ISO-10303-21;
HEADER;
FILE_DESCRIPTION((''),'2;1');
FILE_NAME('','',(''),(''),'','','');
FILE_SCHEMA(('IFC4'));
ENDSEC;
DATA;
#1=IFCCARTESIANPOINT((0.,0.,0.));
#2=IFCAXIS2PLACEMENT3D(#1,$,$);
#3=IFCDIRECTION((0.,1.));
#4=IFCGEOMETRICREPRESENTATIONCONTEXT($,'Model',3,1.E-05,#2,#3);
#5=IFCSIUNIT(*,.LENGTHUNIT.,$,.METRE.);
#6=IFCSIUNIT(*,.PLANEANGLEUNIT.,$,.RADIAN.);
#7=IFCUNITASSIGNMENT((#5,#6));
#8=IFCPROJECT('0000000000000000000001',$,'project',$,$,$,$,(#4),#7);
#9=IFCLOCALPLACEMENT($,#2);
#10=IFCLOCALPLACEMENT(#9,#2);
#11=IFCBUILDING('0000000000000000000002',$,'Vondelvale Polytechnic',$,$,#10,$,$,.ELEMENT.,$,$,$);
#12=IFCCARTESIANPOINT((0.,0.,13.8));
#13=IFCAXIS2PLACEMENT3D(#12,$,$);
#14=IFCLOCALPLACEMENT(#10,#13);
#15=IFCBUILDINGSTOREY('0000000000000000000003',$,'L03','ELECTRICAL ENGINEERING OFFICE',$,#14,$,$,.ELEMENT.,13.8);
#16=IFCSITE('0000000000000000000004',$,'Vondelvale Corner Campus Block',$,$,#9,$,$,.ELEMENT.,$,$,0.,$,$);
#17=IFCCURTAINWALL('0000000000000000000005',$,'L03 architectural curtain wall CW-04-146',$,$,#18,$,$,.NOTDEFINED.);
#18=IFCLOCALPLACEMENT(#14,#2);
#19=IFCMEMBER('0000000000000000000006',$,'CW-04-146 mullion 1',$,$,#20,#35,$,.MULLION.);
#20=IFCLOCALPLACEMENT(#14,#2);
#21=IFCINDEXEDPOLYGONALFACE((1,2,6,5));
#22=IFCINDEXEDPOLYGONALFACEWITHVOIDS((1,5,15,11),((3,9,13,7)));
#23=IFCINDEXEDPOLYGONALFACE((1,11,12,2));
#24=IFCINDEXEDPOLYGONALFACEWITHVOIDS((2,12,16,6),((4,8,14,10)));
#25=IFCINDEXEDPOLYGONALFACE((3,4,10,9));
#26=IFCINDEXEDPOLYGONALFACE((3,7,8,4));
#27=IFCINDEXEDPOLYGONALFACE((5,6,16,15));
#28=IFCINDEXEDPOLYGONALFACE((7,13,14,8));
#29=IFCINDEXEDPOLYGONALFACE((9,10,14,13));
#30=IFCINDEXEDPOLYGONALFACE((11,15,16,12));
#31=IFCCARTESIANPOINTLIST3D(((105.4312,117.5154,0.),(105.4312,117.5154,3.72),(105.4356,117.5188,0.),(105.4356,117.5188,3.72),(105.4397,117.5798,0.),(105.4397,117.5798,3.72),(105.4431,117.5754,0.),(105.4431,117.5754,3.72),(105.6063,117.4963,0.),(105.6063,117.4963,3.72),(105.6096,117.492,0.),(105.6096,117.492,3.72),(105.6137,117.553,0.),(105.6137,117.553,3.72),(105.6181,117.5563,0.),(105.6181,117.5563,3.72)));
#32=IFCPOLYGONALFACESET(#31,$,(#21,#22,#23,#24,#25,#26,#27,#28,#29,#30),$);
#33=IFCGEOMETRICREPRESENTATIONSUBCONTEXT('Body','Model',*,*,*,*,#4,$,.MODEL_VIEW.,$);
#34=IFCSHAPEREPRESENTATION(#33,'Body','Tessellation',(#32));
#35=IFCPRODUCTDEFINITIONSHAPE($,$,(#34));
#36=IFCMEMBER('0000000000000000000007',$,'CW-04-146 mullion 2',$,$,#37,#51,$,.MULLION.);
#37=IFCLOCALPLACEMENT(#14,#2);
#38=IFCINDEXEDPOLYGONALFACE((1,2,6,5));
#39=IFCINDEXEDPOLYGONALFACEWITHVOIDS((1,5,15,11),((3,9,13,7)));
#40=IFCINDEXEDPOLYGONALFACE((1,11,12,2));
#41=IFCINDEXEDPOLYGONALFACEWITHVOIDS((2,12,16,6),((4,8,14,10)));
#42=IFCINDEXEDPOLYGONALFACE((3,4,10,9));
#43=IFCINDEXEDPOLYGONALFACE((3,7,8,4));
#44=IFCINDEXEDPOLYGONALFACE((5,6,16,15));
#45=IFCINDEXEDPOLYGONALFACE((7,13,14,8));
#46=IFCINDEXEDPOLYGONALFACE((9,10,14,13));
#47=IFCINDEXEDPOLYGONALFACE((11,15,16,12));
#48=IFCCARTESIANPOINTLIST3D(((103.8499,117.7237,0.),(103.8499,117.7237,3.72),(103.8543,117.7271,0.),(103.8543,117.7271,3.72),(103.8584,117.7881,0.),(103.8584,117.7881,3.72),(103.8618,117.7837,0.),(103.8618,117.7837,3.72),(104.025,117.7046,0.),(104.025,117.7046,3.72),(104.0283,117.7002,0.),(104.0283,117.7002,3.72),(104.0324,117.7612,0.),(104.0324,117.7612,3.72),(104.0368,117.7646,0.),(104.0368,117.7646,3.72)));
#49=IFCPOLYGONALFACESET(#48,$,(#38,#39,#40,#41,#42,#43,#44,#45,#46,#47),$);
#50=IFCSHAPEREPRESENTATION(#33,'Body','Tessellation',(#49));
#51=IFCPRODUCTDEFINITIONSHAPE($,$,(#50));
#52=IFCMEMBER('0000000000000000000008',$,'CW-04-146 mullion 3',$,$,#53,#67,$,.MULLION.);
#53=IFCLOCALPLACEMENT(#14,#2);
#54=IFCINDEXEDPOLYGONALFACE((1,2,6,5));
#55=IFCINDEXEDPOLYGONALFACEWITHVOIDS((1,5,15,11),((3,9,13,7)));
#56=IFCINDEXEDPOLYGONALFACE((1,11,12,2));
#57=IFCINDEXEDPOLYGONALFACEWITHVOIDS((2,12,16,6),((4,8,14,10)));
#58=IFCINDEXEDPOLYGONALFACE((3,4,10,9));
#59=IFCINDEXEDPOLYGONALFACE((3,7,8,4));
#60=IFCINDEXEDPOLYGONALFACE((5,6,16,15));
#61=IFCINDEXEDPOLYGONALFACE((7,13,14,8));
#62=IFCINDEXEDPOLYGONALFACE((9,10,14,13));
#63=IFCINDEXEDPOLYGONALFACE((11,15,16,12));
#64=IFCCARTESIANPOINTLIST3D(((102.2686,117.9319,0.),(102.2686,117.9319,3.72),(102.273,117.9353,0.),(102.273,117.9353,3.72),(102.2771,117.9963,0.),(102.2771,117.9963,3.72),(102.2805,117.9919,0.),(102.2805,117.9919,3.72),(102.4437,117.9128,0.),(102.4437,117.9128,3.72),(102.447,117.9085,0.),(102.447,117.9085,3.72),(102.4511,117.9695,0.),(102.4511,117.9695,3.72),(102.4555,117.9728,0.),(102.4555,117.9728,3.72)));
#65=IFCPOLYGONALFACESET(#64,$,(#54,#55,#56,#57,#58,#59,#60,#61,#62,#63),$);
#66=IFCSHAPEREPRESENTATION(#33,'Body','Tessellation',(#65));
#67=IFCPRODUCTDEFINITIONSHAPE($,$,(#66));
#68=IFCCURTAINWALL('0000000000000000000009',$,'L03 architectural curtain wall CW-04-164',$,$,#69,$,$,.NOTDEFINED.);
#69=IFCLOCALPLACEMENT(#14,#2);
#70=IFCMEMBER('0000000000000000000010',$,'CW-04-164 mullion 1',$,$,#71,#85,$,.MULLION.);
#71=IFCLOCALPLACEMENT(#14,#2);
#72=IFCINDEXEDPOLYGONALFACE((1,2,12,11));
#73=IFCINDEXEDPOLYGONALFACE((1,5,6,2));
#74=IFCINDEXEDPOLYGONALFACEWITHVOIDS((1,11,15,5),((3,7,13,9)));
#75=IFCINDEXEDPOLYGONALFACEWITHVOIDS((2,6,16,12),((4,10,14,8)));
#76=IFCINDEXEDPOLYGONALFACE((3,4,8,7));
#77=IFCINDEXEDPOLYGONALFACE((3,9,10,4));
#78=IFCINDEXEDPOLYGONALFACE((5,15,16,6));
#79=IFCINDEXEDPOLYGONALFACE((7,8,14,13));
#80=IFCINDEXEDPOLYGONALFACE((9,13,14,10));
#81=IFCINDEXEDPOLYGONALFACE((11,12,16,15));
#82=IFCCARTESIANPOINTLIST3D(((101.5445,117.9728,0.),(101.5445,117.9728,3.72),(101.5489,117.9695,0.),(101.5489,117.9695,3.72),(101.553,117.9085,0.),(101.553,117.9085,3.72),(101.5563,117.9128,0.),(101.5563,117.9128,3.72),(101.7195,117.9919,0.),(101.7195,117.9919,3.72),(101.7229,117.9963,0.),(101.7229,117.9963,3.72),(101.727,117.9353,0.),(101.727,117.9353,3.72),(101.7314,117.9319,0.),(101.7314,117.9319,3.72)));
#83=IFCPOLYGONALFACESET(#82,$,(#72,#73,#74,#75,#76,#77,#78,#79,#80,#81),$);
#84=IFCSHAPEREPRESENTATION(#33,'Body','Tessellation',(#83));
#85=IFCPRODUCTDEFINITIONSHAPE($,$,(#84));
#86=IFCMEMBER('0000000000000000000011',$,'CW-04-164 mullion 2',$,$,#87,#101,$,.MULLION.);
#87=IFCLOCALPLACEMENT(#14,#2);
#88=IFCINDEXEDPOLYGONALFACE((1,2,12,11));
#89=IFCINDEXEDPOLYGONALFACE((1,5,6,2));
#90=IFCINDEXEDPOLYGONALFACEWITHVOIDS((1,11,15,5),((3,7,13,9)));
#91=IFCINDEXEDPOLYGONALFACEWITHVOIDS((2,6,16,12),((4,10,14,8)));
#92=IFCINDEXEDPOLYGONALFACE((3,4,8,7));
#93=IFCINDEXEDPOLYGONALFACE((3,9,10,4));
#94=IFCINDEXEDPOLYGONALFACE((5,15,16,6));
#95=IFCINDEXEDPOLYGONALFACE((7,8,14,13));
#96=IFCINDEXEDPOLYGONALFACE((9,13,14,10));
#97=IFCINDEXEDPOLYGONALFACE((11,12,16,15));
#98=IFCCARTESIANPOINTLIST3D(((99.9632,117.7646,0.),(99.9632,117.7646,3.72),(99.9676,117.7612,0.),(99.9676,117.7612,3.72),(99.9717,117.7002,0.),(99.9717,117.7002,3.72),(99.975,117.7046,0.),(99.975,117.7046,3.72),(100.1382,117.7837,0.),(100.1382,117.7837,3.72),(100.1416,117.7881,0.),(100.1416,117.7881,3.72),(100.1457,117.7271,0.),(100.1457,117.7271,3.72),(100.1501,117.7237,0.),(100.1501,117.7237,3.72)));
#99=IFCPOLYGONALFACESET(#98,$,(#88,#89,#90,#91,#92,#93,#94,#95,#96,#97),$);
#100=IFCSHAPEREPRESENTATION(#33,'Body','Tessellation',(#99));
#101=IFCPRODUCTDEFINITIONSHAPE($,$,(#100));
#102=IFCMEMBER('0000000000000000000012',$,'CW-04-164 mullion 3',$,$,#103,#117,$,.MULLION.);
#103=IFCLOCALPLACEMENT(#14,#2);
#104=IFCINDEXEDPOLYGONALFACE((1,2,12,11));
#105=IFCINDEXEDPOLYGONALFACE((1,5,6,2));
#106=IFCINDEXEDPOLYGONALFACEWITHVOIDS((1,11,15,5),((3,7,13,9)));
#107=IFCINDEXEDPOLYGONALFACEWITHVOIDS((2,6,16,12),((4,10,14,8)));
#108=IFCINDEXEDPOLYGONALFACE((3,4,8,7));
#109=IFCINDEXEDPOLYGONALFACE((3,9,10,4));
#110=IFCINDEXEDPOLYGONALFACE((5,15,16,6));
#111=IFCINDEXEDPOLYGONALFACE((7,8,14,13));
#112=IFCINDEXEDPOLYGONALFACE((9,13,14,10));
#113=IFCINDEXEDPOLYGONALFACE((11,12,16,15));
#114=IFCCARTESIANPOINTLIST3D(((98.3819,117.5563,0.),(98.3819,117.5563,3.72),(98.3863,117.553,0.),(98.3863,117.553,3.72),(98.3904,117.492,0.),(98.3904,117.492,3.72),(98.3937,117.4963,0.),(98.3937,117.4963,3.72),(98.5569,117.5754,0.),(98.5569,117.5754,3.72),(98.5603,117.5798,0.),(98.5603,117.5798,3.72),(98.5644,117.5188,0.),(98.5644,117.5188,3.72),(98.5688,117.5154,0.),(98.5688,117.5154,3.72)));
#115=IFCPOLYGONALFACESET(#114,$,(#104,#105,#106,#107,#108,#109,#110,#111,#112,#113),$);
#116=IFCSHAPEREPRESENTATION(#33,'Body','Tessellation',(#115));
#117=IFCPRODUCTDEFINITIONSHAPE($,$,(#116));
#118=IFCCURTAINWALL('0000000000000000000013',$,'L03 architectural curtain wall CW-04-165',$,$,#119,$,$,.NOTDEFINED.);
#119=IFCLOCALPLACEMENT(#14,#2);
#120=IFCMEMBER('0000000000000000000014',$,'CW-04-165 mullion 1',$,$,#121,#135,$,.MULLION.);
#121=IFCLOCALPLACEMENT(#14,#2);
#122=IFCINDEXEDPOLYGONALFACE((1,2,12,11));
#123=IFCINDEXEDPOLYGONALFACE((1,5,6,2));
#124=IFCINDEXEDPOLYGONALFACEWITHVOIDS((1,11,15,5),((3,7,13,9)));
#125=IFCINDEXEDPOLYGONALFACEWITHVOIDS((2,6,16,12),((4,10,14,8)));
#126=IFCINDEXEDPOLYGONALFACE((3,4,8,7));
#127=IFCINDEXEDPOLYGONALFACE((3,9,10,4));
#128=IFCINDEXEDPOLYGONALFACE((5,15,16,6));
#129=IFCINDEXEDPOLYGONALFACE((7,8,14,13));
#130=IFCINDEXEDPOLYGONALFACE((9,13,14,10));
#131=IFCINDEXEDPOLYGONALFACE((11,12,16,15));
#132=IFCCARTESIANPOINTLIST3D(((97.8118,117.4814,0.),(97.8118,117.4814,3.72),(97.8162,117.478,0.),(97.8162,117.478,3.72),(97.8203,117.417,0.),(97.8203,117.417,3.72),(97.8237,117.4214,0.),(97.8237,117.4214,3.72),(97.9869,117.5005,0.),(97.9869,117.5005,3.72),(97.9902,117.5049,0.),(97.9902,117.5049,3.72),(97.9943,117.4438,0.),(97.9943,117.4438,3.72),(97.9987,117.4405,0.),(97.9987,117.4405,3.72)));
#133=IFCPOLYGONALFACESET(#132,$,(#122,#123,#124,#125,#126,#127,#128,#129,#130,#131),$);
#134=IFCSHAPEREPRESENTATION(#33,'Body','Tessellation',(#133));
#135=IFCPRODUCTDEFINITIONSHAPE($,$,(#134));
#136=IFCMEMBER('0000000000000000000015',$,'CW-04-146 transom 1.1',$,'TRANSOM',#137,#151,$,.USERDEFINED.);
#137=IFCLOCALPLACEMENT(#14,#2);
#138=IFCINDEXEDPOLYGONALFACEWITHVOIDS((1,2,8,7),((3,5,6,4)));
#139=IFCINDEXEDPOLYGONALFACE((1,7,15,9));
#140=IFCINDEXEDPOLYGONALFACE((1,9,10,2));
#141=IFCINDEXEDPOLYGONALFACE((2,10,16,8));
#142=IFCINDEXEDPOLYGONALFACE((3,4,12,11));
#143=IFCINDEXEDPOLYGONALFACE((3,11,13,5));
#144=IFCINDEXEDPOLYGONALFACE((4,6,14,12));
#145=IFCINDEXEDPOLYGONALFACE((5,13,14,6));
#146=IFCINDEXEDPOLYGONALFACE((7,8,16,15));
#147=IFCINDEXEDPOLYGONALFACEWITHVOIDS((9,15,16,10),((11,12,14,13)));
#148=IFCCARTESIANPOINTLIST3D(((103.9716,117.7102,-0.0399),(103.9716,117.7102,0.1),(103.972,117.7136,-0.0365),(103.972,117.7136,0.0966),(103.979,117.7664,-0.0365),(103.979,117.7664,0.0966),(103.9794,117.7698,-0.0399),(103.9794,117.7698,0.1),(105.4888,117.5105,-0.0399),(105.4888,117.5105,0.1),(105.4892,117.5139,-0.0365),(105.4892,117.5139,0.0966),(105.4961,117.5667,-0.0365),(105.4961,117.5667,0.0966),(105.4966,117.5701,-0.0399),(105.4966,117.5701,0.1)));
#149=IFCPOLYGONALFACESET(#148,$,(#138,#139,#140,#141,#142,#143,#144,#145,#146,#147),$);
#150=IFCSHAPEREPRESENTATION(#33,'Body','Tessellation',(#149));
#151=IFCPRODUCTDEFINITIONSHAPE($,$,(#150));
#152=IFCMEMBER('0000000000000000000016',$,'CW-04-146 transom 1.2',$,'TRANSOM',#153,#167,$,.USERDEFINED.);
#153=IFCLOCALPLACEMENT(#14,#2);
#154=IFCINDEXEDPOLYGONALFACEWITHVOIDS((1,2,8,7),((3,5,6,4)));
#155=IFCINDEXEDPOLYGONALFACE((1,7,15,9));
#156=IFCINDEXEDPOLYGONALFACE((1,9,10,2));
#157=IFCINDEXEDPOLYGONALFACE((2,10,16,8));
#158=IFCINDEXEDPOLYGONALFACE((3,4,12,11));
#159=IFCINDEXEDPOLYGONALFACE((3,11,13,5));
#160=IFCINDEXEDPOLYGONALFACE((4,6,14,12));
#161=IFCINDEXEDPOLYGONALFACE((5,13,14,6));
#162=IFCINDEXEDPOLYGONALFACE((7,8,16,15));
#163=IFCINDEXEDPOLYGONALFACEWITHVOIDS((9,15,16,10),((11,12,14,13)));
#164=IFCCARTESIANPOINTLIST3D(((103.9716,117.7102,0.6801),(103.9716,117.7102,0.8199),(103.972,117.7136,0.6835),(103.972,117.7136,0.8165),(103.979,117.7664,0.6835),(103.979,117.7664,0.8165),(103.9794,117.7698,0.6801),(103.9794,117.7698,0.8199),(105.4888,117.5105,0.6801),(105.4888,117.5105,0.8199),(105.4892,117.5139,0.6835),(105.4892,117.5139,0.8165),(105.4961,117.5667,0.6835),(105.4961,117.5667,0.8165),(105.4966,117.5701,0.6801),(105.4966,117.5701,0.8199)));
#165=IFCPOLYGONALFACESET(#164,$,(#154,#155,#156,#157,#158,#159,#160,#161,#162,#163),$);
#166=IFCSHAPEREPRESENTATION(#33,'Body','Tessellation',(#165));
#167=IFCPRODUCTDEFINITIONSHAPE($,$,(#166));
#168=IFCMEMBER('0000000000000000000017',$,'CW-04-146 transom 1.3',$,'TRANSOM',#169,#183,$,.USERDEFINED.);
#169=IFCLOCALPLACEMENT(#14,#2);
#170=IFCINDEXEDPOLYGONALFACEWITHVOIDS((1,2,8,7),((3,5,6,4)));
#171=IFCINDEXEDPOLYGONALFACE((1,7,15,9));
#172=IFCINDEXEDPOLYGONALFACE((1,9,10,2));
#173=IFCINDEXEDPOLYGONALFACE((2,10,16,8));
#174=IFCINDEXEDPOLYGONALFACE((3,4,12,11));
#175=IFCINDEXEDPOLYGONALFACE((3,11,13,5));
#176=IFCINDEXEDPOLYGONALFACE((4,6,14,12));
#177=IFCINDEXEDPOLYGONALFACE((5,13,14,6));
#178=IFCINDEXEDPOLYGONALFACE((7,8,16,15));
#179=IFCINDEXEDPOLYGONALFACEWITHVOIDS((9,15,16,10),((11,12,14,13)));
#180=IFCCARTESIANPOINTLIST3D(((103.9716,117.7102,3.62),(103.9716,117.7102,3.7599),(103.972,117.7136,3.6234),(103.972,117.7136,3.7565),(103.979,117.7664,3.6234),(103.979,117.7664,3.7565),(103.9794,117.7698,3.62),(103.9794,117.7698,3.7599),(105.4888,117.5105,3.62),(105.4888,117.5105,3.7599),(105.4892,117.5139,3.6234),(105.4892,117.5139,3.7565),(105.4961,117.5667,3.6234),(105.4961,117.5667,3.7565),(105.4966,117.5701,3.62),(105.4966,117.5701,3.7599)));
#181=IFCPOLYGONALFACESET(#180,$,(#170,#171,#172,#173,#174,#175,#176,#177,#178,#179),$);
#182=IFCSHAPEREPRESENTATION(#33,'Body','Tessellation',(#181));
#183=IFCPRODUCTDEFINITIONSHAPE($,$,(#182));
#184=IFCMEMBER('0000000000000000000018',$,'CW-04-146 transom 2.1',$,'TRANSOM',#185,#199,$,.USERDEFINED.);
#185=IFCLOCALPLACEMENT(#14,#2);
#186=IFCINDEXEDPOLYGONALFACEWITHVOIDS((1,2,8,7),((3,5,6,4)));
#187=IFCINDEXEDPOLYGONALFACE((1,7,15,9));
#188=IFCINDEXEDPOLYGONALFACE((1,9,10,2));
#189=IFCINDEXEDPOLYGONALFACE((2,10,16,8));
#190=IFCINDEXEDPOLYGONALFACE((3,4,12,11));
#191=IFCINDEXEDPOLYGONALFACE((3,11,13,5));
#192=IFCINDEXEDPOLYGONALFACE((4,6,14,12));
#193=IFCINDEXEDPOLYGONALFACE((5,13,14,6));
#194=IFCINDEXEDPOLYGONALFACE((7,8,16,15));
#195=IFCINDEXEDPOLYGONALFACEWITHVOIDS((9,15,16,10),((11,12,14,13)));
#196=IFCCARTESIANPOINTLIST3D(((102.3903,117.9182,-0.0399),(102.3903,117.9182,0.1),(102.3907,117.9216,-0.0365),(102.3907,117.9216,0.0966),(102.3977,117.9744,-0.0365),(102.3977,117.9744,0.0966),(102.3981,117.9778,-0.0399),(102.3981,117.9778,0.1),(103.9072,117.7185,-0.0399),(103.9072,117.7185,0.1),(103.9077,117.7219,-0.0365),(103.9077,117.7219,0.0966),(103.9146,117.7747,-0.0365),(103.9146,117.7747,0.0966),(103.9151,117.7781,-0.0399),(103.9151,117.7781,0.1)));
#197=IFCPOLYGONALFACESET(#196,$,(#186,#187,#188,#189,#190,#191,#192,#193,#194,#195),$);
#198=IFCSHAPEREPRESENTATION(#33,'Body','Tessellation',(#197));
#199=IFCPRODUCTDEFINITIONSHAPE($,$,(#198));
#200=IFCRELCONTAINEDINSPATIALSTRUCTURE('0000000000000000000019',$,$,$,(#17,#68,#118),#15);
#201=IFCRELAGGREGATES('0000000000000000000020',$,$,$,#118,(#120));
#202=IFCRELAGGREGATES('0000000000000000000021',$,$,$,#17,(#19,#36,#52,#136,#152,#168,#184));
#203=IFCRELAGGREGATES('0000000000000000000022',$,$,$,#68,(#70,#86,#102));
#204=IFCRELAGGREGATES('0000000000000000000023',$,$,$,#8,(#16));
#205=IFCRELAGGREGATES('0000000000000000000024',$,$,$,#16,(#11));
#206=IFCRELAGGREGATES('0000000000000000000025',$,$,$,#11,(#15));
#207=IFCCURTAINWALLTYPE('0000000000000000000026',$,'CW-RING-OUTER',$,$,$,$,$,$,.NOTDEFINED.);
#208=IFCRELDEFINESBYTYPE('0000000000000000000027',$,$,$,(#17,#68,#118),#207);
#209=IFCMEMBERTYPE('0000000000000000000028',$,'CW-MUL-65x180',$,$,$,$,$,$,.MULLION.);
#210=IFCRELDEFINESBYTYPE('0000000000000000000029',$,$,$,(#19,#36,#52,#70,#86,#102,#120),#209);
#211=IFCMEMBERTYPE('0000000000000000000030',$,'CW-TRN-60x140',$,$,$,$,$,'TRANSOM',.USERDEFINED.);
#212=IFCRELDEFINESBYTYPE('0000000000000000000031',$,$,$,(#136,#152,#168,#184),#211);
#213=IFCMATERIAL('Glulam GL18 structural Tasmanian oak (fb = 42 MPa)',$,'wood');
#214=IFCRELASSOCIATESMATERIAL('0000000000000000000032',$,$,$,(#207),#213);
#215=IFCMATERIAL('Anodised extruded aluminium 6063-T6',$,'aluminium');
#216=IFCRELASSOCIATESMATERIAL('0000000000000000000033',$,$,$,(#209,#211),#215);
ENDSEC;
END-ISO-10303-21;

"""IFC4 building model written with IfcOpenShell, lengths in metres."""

from ifc_helpers import new_model, si_unit, direction, frame, origin, origin_2d, place, context, subcontext, project, spatial, hollow_rectangle, extrude, material, material_profile, profile_set, type_object, element, aggregate, save


model = new_model("IFC4")

# Units and contexts
model_context = context("Model", 3, precision=1e-05, world=origin(), true_north=direction((0.0, 1.0)))
body_context = subcontext(model_context, "Body", "Model", "MODEL_VIEW")
ifc_project = project(units=[si_unit("LENGTHUNIT", "METRE"), si_unit("PLANEANGLEUNIT", "RADIAN")], contexts=[model_context])

# Site, building, storey
site_placement = place(None, origin())
site = spatial("IfcSite", under=ifc_project, at=site_placement, Name="Vondelvale Corner Campus Block", CompositionType="ELEMENT", RefElevation=0.0)
building_placement = place(site_placement, origin())
building = spatial("IfcBuilding", under=site, at=building_placement, Name="Vondelvale Polytechnic", CompositionType="ELEMENT")
storey_placement = place(building_placement, frame((0.0, 0.0, 13.8)))
storey = spatial("IfcBuildingStorey", under=building, at=storey_placement, Name="L03", Description="ELECTRICAL ENGINEERING OFFICE", CompositionType="ELEMENT", Elevation=13.8)

# Shared definitions
ifc_material_1 = material(Name="Glulam GL18 structural Tasmanian oak (fb = 42 MPa)", Category="wood")

# Curtain walls, members
curtain_wall_type = type_object("IfcCurtainWallType", Name="CW-RING-OUTER", PredefinedType="NOTDEFINED", material=ifc_material_1)
curtain_wall_1_placement = place(storey_placement, origin())
curtain_wall_1 = element("IfcCurtainWall", 1, at=curtain_wall_1_placement, inside=storey, type_object=curtain_wall_type, Name="L03 architectural curtain wall CW-04-146", PredefinedType="NOTDEFINED")
ifc_material_2 = material(Name="Anodised extruded aluminium 6063-T6", Category="aluminium")
ifc_material_profile_1 = material_profile(ifc_material_2, hollow_rectangle(XDim=0.0649, YDim=0.1799, WallThickness=0.0039, at=origin_2d()), Name="CW-MUL-180x65")
ifc_profile_set_1 = profile_set([ifc_material_profile_1], Name="Anodised extruded aluminium 6063-T6")
member_type_1 = type_object("IfcMemberType", Name="CW-MUL-65x180", PredefinedType="MULLION", material=ifc_profile_set_1)
member_1_placement = place(storey_placement, frame((105.5247, 117.5359, 0.0), z_axis=(0.0, 0.0, 1.0), x_axis=(-0.13054, -0.991443, 0.0)))
member_1 = element("IfcMember", 2, at=member_1_placement, type_object=member_type_1, Name="CW-04-146 mullion 1", PredefinedType="MULLION", context=body_context, shape_type="SweptSolid", body=[
    extrude(hollow_rectangle(XDim=0.0649, YDim=0.1799, WallThickness=0.0039, at=origin_2d()), origin(), (0.0, 0.0, 1.0), 3.72),
])
member_2_placement = place(storey_placement, frame((103.9434, 117.7441, 0.0), z_axis=(0.0, 0.0, 1.0), x_axis=(-0.13054, -0.991443, 0.0)))
member_2 = element("IfcMember", 3, at=member_2_placement, type_object=member_type_1, Name="CW-04-146 mullion 2", PredefinedType="MULLION", context=body_context, shape_type="SweptSolid", body=[
    extrude(hollow_rectangle(XDim=0.0649, YDim=0.1799, WallThickness=0.0039, at=origin_2d()), origin(), (0.0, 0.0, 1.0), 3.72),
])
member_3_placement = place(storey_placement, frame((102.3621, 117.9524, 0.0), z_axis=(0.0, 0.0, 1.0), x_axis=(-0.13054, -0.991443, 0.0)))
member_3 = element("IfcMember", 4, at=member_3_placement, type_object=member_type_1, Name="CW-04-146 mullion 3", PredefinedType="MULLION", context=body_context, shape_type="SweptSolid", body=[
    extrude(hollow_rectangle(XDim=0.0649, YDim=0.1799, WallThickness=0.0039, at=origin_2d()), origin(), (0.0, 0.0, 1.0), 3.72),
])
curtain_wall_2_placement = place(storey_placement, origin())
curtain_wall_2 = element("IfcCurtainWall", 5, at=curtain_wall_2_placement, inside=storey, type_object=curtain_wall_type, Name="L03 architectural curtain wall CW-04-164", PredefinedType="NOTDEFINED")
member_4_placement = place(storey_placement, frame((101.6379, 117.9524, 0.0), z_axis=(0.0, 0.0, 1.0), x_axis=(0.13054, -0.991443, 0.0)))
member_4 = element("IfcMember", 6, at=member_4_placement, type_object=member_type_1, Name="CW-04-164 mullion 1", PredefinedType="MULLION", context=body_context, shape_type="SweptSolid", body=[
    extrude(hollow_rectangle(XDim=0.0649, YDim=0.1799, WallThickness=0.0039, at=origin_2d()), origin(), (0.0, 0.0, 1.0), 3.72),
])
member_5_placement = place(storey_placement, frame((100.0566, 117.7441, 0.0), z_axis=(0.0, 0.0, 1.0), x_axis=(0.13054, -0.991443, 0.0)))
member_5 = element("IfcMember", 7, at=member_5_placement, type_object=member_type_1, Name="CW-04-164 mullion 2", PredefinedType="MULLION", context=body_context, shape_type="SweptSolid", body=[
    extrude(hollow_rectangle(XDim=0.0649, YDim=0.1799, WallThickness=0.0039, at=origin_2d()), origin(), (0.0, 0.0, 1.0), 3.72),
])
member_6_placement = place(storey_placement, frame((98.4753, 117.5359, 0.0), z_axis=(0.0, 0.0, 1.0), x_axis=(0.13054, -0.991443, 0.0)))
member_6 = element("IfcMember", 8, at=member_6_placement, type_object=member_type_1, Name="CW-04-164 mullion 3", PredefinedType="MULLION", context=body_context, shape_type="SweptSolid", body=[
    extrude(hollow_rectangle(XDim=0.0649, YDim=0.1799, WallThickness=0.0039, at=origin_2d()), origin(), (0.0, 0.0, 1.0), 3.72),
])

# Curtain wall, member
curtain_wall_3_placement = place(storey_placement, origin())
curtain_wall_3 = element("IfcCurtainWall", 9, at=curtain_wall_3_placement, inside=storey, type_object=curtain_wall_type, Name="L03 architectural curtain wall CW-04-165", PredefinedType="NOTDEFINED")
member_7_placement = place(storey_placement, frame((97.9053, 117.4609, 0.0), z_axis=(0.0, 0.0, 1.0), x_axis=(0.130497, -0.991449, 0.0)))
member_7 = element("IfcMember", 10, at=member_7_placement, type_object=member_type_1, Name="CW-04-165 mullion 1", PredefinedType="MULLION", context=body_context, shape_type="SweptSolid", body=[
    extrude(hollow_rectangle(XDim=0.0649, YDim=0.1799, WallThickness=0.0039, at=origin_2d()), origin(), (0.0, 0.0, 1.0), 3.72),
])

# Members
ifc_material_profile_2 = material_profile(ifc_material_2, hollow_rectangle(XDim=0.0601, YDim=0.1399, WallThickness=0.0034, at=origin_2d()), Name="CW-TRN-140x60")
ifc_profile_set_2 = profile_set([ifc_material_profile_2], Name="Anodised extruded aluminium 6063-T6")
member_type_2 = type_object("IfcMemberType", Name="CW-TRN-60x140", ElementType="TRANSOM", PredefinedType="USERDEFINED", material=ifc_profile_set_2)
member_8_placement = place(storey_placement, frame((105.4927, 117.5403, 0.03), z_axis=(-0.991447, 0.130512, 0.0), x_axis=(-0.130512, -0.991447, 0.0)))
member_8 = element("IfcMember", 11, at=member_8_placement, type_object=member_type_2, Name="CW-04-146 transom 1.1", ObjectType="TRANSOM", PredefinedType="USERDEFINED", context=body_context, shape_type="SweptSolid", body=[
    extrude(hollow_rectangle(XDim=0.0601, YDim=0.1399, WallThickness=0.0034, at=origin_2d()), origin(), (0.0, 0.0, 1.0), 1.5303),
])
member_9_placement = place(storey_placement, frame((105.4927, 117.5403, 0.75), z_axis=(-0.991447, 0.130512, 0.0), x_axis=(-0.130512, -0.991447, 0.0)))
member_9 = element("IfcMember", 12, at=member_9_placement, type_object=member_type_2, Name="CW-04-146 transom 1.2", ObjectType="TRANSOM", PredefinedType="USERDEFINED", context=body_context, shape_type="SweptSolid", body=[
    extrude(hollow_rectangle(XDim=0.0601, YDim=0.1399, WallThickness=0.0034, at=origin_2d()), origin(), (0.0, 0.0, 1.0), 1.5303),
])
member_10_placement = place(storey_placement, frame((105.4927, 117.5403, 3.6899), z_axis=(-0.991447, 0.130512, 0.0), x_axis=(-0.130512, -0.991447, 0.0)))
member_10 = element("IfcMember", 13, at=member_10_placement, type_object=member_type_2, Name="CW-04-146 transom 1.3", ObjectType="TRANSOM", PredefinedType="USERDEFINED", context=body_context, shape_type="SweptSolid", body=[
    extrude(hollow_rectangle(XDim=0.0601, YDim=0.1399, WallThickness=0.0034, at=origin_2d()), origin(), (0.0, 0.0, 1.0), 1.5303),
])
member_11_placement = place(storey_placement, frame((103.9111, 117.7483, 0.03), z_axis=(-0.991444, 0.130533, 0.0), x_axis=(-0.130533, -0.991444, 0.0)))
member_11 = element("IfcMember", 14, at=member_11_placement, type_object=member_type_2, Name="CW-04-146 transom 2.1", ObjectType="TRANSOM", PredefinedType="USERDEFINED", context=body_context, shape_type="SweptSolid", body=[
    extrude(hollow_rectangle(XDim=0.0601, YDim=0.1399, WallThickness=0.0034, at=origin_2d()), origin(), (0.0, 0.0, 1.0), 1.53),
])

aggregate(curtain_wall_3, [member_7])
aggregate(curtain_wall_1, [member_1, member_2, member_3, member_8, member_9, member_10, member_11])
aggregate(curtain_wall_2, [member_4, member_5, member_6])

save(model, "model.ifc")
